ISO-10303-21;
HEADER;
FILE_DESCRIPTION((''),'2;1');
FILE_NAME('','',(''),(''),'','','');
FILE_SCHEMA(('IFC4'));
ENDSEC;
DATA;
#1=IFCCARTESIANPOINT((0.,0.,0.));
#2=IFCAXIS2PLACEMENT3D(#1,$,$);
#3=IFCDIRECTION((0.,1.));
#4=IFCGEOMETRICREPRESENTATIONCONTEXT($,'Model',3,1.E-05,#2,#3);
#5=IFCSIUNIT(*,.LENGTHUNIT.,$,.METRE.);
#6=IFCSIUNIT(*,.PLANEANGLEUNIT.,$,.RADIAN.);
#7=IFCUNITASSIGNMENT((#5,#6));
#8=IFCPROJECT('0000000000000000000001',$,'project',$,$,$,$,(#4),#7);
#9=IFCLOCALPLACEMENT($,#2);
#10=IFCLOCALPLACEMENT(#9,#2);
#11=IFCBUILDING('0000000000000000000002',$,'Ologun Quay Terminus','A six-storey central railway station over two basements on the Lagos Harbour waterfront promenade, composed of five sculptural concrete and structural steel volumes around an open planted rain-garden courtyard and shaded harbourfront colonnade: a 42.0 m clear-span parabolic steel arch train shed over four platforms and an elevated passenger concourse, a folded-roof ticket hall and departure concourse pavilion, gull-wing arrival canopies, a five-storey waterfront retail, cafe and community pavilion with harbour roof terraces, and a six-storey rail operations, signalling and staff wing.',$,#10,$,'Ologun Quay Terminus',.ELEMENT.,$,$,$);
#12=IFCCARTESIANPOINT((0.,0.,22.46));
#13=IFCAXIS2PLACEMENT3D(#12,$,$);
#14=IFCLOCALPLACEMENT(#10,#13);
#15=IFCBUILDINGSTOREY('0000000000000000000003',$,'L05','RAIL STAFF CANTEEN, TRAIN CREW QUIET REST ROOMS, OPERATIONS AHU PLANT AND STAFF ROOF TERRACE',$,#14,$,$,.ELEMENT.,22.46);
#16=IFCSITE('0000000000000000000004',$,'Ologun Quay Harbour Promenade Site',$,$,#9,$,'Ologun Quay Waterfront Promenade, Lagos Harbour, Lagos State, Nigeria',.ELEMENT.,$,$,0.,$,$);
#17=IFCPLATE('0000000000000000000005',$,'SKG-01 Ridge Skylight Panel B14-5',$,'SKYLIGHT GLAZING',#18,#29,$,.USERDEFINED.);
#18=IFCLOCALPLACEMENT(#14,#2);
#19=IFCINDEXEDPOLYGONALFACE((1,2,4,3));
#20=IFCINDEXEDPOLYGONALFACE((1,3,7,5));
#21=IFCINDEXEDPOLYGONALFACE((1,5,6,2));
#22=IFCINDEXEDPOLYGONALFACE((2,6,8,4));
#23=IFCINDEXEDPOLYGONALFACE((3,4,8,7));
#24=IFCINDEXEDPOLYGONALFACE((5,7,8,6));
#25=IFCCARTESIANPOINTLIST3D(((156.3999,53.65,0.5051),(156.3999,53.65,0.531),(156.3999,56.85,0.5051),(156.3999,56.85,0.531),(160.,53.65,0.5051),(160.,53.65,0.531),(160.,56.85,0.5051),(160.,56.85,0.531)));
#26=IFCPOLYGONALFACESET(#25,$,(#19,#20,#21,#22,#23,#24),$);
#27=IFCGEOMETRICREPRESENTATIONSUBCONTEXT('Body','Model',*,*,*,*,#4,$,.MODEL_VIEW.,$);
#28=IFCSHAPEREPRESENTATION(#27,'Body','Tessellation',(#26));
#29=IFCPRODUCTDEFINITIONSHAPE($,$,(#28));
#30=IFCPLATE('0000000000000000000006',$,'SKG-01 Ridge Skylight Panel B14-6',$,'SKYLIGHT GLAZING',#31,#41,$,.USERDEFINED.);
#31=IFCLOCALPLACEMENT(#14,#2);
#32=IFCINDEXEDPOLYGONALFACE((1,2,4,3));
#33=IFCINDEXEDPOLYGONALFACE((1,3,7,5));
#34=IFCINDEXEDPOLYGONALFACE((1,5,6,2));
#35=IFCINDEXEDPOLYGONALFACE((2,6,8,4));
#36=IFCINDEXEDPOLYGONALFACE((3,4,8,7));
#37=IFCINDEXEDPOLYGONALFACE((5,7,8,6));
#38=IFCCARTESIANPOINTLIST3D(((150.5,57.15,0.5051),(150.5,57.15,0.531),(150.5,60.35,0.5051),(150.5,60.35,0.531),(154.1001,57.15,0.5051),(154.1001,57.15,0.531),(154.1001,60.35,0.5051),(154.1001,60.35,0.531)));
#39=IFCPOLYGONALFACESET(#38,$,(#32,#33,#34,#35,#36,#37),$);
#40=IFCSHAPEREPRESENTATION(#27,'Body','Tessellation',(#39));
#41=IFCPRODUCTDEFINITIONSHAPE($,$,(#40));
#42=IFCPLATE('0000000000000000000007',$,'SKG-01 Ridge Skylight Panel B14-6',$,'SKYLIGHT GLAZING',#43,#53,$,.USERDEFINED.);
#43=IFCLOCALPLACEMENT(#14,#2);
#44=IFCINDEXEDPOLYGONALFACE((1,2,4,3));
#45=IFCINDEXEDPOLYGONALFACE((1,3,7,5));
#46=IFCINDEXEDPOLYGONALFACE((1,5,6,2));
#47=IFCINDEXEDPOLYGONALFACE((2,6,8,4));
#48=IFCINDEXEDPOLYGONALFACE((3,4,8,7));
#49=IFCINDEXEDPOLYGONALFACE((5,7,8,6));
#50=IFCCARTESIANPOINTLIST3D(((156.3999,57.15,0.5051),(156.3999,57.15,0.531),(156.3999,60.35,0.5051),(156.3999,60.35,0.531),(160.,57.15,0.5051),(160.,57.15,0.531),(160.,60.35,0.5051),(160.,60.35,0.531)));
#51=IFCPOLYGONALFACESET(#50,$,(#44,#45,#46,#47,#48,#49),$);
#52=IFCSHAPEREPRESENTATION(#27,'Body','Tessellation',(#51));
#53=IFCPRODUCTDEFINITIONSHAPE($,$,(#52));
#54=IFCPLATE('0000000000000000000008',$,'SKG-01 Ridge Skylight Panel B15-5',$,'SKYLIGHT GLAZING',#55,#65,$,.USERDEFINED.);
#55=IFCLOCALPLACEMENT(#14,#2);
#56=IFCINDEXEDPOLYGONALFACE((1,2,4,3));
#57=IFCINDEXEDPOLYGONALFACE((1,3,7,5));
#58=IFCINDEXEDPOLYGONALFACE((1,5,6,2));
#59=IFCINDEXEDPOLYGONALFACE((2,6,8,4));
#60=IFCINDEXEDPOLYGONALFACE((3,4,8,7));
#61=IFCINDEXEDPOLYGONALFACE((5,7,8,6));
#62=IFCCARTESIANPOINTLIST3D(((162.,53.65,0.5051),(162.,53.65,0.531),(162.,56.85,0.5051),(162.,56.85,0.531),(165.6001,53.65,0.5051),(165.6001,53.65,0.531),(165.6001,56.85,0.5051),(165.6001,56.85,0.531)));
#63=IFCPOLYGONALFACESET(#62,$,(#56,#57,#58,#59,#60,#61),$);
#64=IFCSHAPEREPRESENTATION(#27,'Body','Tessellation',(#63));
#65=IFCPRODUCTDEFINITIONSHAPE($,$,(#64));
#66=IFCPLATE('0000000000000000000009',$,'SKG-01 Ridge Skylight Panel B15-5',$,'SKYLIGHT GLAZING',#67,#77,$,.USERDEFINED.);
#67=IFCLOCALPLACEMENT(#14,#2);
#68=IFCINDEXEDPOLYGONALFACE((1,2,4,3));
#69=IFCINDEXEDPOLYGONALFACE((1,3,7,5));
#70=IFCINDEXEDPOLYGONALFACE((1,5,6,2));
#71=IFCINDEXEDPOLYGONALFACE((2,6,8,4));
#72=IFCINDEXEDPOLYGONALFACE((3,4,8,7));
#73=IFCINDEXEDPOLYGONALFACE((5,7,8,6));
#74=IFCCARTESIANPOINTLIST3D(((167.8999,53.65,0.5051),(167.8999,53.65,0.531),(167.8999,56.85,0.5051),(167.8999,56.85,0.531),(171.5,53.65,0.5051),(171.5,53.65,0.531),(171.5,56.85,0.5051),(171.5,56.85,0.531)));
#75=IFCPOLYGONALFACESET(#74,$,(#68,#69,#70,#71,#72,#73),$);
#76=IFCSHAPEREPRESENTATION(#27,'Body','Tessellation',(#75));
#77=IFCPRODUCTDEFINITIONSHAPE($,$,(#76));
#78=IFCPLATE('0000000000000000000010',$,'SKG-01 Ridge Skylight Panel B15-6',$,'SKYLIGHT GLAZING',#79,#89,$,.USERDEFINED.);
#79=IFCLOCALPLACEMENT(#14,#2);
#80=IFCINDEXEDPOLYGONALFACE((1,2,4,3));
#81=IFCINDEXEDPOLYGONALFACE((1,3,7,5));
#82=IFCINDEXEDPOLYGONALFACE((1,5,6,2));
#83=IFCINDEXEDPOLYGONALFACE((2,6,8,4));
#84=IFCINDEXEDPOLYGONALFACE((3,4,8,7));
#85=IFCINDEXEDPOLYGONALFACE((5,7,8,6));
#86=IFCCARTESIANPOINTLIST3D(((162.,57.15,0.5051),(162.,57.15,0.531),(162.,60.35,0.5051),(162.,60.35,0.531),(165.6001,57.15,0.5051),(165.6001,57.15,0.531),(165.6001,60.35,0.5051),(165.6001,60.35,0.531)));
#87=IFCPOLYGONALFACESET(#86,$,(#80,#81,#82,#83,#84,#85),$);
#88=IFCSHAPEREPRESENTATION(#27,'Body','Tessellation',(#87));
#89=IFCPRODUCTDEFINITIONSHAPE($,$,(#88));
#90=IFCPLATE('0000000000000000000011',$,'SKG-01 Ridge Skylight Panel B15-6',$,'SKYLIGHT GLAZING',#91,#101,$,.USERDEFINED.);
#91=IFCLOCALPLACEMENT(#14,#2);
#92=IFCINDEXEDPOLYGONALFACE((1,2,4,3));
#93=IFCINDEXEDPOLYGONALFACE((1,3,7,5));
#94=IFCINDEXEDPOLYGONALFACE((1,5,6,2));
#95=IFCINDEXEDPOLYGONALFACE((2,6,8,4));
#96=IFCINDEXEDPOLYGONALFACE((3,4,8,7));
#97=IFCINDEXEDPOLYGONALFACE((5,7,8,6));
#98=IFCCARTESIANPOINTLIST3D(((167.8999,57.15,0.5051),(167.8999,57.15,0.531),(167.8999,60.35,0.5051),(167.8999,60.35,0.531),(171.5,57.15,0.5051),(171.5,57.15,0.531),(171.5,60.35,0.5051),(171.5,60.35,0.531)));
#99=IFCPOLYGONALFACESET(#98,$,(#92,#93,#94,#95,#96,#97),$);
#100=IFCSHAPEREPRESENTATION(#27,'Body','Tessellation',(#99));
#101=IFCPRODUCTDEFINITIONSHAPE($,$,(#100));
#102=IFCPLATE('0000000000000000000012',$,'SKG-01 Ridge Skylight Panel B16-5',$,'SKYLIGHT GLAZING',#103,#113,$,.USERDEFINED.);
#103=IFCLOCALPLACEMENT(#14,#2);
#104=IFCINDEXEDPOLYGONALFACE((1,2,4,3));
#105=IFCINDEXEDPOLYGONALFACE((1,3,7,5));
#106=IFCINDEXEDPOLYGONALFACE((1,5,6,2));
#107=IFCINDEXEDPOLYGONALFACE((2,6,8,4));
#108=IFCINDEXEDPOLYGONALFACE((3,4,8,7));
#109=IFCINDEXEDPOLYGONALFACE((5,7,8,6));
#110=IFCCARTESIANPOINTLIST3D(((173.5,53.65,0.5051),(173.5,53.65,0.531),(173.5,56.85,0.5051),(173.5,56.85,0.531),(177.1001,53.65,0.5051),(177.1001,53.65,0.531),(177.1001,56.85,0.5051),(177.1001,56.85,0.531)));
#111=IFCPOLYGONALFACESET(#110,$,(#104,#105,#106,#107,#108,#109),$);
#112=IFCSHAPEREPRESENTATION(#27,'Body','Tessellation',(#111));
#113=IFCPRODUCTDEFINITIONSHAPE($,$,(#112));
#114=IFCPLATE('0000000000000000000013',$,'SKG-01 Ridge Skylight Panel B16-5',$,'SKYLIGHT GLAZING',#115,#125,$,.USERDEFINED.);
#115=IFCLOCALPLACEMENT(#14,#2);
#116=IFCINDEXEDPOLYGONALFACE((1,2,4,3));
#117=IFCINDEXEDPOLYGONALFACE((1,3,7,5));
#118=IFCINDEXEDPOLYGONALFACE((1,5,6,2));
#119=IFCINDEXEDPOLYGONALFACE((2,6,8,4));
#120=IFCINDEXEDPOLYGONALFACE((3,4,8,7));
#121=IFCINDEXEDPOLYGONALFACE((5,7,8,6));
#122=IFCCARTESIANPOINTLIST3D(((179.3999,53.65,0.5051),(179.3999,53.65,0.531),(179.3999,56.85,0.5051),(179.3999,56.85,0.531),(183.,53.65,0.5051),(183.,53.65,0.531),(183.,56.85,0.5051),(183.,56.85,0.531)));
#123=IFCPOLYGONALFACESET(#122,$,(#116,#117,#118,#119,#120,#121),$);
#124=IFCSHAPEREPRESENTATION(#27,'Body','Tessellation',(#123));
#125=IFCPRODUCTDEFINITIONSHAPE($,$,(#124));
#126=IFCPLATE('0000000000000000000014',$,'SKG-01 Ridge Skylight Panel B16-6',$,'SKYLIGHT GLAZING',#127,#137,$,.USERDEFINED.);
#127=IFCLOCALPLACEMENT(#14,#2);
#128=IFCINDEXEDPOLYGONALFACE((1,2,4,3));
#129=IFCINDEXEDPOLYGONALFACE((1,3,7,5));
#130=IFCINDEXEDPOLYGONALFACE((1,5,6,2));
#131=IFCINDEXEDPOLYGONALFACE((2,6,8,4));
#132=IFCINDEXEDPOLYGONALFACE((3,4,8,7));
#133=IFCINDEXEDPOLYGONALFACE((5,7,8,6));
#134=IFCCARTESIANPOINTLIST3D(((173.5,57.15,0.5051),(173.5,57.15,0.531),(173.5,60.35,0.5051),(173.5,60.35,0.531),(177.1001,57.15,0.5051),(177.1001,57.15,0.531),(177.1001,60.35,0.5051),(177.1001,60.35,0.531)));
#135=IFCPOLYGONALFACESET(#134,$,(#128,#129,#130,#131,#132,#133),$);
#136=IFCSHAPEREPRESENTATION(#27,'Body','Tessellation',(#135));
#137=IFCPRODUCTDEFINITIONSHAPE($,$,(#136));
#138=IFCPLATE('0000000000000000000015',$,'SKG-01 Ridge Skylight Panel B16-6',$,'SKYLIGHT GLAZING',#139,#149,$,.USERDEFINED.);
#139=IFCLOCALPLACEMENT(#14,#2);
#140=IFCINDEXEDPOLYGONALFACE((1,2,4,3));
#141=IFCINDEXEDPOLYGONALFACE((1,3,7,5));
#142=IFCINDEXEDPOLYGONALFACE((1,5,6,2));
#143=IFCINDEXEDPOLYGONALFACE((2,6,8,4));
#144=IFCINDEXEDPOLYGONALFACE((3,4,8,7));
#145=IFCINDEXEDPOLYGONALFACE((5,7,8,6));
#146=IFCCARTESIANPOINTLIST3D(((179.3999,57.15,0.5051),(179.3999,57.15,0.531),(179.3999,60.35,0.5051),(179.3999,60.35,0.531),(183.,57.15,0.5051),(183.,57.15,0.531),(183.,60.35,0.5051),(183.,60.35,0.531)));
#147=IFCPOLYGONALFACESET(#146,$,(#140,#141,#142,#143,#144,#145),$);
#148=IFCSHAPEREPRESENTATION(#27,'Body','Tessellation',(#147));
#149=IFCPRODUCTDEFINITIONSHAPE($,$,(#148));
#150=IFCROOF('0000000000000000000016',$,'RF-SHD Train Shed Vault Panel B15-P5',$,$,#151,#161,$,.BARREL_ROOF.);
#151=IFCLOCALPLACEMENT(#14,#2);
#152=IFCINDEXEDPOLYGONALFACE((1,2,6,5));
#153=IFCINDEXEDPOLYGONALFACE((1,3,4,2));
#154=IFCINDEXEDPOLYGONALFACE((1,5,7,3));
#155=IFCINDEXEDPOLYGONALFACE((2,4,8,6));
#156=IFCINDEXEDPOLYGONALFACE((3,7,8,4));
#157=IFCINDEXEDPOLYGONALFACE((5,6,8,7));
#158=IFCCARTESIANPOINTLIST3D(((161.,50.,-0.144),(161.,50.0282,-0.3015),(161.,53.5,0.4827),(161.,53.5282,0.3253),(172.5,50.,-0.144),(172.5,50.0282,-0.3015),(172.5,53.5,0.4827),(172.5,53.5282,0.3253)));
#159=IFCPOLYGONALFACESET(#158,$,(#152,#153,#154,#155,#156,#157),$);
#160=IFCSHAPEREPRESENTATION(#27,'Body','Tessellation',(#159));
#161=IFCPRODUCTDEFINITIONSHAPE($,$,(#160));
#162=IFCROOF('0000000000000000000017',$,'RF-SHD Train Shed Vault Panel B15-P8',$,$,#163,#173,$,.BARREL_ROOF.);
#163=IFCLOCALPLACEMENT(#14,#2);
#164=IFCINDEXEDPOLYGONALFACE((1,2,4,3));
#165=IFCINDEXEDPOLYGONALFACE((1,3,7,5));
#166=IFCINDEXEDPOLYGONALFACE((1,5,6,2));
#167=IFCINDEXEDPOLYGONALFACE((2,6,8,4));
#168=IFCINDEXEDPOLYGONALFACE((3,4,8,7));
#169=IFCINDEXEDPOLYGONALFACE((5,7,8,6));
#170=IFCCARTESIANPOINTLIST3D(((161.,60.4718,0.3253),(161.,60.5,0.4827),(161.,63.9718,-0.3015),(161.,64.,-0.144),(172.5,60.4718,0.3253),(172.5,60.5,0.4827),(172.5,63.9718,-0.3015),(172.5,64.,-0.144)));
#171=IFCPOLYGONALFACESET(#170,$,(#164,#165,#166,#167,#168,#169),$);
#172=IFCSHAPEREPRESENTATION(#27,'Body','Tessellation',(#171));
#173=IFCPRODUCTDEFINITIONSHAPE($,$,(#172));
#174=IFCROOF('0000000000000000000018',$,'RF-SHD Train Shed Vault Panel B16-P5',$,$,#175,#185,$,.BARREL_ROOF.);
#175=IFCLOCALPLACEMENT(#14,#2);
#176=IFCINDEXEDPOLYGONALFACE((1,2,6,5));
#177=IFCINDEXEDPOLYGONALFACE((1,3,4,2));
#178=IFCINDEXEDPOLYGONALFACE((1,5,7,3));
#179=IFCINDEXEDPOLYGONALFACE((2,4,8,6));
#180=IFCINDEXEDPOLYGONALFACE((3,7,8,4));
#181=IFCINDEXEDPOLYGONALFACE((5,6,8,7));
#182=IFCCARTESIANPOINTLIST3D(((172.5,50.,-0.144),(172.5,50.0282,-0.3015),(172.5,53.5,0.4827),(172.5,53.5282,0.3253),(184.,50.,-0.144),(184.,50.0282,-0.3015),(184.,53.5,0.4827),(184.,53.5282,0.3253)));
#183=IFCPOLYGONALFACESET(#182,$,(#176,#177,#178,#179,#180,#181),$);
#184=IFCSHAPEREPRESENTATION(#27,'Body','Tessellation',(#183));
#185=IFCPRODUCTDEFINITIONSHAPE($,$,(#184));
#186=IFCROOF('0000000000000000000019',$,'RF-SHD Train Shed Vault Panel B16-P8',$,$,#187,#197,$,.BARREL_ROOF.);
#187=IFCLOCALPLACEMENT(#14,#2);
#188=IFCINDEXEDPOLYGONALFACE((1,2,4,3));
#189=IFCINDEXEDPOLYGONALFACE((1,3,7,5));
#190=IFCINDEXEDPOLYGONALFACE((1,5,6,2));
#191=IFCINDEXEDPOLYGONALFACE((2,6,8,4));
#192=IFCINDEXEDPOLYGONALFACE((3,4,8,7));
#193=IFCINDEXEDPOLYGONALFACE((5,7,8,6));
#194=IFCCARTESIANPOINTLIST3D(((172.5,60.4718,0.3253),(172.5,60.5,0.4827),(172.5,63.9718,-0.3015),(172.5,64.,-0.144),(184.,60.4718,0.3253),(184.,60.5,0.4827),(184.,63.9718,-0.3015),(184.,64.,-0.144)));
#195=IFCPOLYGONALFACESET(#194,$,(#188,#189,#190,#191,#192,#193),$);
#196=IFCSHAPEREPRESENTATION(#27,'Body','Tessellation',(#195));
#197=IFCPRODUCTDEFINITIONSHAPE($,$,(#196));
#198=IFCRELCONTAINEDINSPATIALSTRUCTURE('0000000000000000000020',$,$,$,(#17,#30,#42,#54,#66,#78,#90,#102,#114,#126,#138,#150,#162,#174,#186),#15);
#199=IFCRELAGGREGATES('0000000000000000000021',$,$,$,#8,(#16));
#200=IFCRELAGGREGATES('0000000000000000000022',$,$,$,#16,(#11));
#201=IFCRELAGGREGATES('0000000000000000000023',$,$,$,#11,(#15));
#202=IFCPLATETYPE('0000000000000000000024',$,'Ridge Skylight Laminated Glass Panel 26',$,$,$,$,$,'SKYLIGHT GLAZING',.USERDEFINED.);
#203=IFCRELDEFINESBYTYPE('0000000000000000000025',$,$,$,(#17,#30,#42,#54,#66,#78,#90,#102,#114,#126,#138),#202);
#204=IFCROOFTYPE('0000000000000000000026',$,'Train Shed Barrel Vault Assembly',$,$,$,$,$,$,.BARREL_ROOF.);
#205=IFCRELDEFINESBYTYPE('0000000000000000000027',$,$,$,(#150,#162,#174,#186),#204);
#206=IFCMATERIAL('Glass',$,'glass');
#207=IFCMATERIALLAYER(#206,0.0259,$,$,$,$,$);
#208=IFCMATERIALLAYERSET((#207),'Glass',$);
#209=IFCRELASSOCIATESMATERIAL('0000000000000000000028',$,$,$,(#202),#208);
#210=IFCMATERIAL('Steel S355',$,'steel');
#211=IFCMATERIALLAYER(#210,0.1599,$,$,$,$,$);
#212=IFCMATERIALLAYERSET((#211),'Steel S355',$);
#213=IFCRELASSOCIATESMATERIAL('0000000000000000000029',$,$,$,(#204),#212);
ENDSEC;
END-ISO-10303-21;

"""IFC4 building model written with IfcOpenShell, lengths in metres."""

from ifc_helpers import new_model, si_unit, direction, frame, origin, origin_2d, place, context, subcontext, project, spatial, polyline, rectangle, outline, extrude, material, layer, layer_set, type_object, element, save


model = new_model("IFC4")

# Units and contexts
model_context = context("Model", 3, precision=1e-05, world=origin(), true_north=direction((0.0, 1.0)))
body_context = subcontext(model_context, "Body", "Model", "MODEL_VIEW")
ifc_project = project(units=[si_unit("LENGTHUNIT", "METRE"), si_unit("PLANEANGLEUNIT", "RADIAN")], contexts=[model_context])

# Site, building, storey
site_placement = place(None, origin())
site = spatial("IfcSite", under=ifc_project, at=site_placement, Name="Ologun Quay Harbour Promenade Site", LongName="Ologun Quay Waterfront Promenade, Lagos Harbour, Lagos State, Nigeria", CompositionType="ELEMENT", RefElevation=0.0)
building_placement = place(site_placement, origin())
building = spatial("IfcBuilding", under=site, at=building_placement, Name="Ologun Quay Terminus", Description="A six-storey central railway station over two basements on the Lagos Harbour waterfront promenade, composed of five sculptural concrete and structural steel volumes around an open planted rain-garden courtyard and shaded harbourfront colonnade: a 42.0 m clear-span parabolic steel arch train shed over four platforms and an elevated passenger concourse, a folded-roof ticket hall and departure concourse pavilion, gull-wing arrival canopies, a five-storey waterfront retail, cafe and community pavilion with harbour roof terraces, and a six-storey rail operations, signalling and staff wing.", LongName="Ologun Quay Terminus", CompositionType="ELEMENT")
storey_placement = place(building_placement, frame((0.0, 0.0, 22.46)))
storey = spatial("IfcBuildingStorey", under=building, at=storey_placement, Name="L05", Description="RAIL STAFF CANTEEN, TRAIN CREW QUIET REST ROOMS, OPERATIONS AHU PLANT AND STAFF ROOF TERRACE", CompositionType="ELEMENT", Elevation=22.46)

# Plates
ifc_material_1 = material(Name="Glass", Category="glass")
ifc_layer_1 = layer(ifc_material_1, 0.0259)
ifc_layer_set_1 = layer_set([ifc_layer_1], Name="Glass")
plate_type = type_object("IfcPlateType", Name="Ridge Skylight Laminated Glass Panel 26", ElementType="SKYLIGHT GLAZING", PredefinedType="USERDEFINED", material=ifc_layer_set_1)
for number, where, z_axis, x_axis, name in (
    (1, (158.2, 55.25, 0.5051), (0.0, 0.0, 1.0), (1.0, 0.0, 0.0), "SKG-01 Ridge Skylight Panel B14-5"),
    (2, (152.3, 58.75, 0.5051), (0.0, 0.0, 1.0), (1.0, 0.0, 0.0), "SKG-01 Ridge Skylight Panel B14-6"),
    (3, (158.2, 58.75, 0.5051), (0.0, 0.0, 1.0), (1.0, 0.0, 0.0), "SKG-01 Ridge Skylight Panel B14-6"),
    (4, (163.8, 55.25, 0.5051), (0.0, 0.0, 1.0), (1.0, 0.0, 0.0), "SKG-01 Ridge Skylight Panel B15-5"),
    (5, (169.7, 55.25, 0.5051), (0.0, 0.0, 1.0), (1.0, 0.0, 0.0), "SKG-01 Ridge Skylight Panel B15-5"),
    (6, (163.8, 58.75, 0.5051), (0.0, 0.0, 1.0), (1.0, 0.0, 0.0), "SKG-01 Ridge Skylight Panel B15-6"),
    (7, (169.7, 58.75, 0.5051), (0.0, 0.0, 1.0), (1.0, 0.0, 0.0), "SKG-01 Ridge Skylight Panel B15-6"),
    (8, (175.3, 55.25, 0.5051), (0.0, 0.0, 1.0), (1.0, 0.0, 0.0), "SKG-01 Ridge Skylight Panel B16-5"),
    (9, (181.2, 55.25, 0.5051), (0.0, 0.0, 1.0), (1.0, 0.0, 0.0), "SKG-01 Ridge Skylight Panel B16-5"),
    (10, (175.3, 58.75, 0.5051), (0.0, 0.0, 1.0), (1.0, 0.0, 0.0), "SKG-01 Ridge Skylight Panel B16-6"),
    (11, (181.2, 58.75, 0.5051), (0.0, 0.0, 1.0), (1.0, 0.0, 0.0), "SKG-01 Ridge Skylight Panel B16-6"),
):
    element("IfcPlate", number, at=place(storey_placement, frame(where, z_axis=z_axis, x_axis=x_axis)), inside=storey, type_object=plate_type, Name=name, ObjectType="SKYLIGHT GLAZING", PredefinedType="USERDEFINED", context=body_context, shape_type="SweptSolid", body=[
        extrude(rectangle(XDim=3.6001, YDim=3.2, at=origin_2d()), origin(), (0.0, 0.0, 1.0), 0.0259),
    ])

# Roofs
ifc_material_2 = material(Name="Steel S355", Category="steel")
ifc_layer_2 = layer(ifc_material_2, 0.1599)
ifc_layer_set_2 = layer_set([ifc_layer_2], Name="Steel S355")
roof_type = type_object("IfcRoofType", Name="Train Shed Barrel Vault Assembly", PredefinedType="BARREL_ROOF", material=ifc_layer_set_2)
for number, where, z_axis, x_axis, name in (
    (12, (161.0, 50.0, -0.144), (0.0, -0.176256, 0.984344), (1.0, 0.0, 0.0), "RF-SHD Train Shed Vault Panel B15-P5"),
    (13, (161.0, 60.5, 0.4827), (0.0, 0.176256, 0.984344), (1.0, 0.0, 0.0), "RF-SHD Train Shed Vault Panel B15-P8"),
    (14, (172.5, 50.0, -0.144), (0.0, -0.176256, 0.984344), (1.0, 0.0, 0.0), "RF-SHD Train Shed Vault Panel B16-P5"),
    (15, (172.5, 60.5, 0.4827), (0.0, 0.176256, 0.984344), (1.0, 0.0, 0.0), "RF-SHD Train Shed Vault Panel B16-P8"),
):
    element("IfcRoof", number, at=place(storey_placement, frame(where, z_axis=z_axis, x_axis=x_axis)), inside=storey, type_object=roof_type, Name=name, PredefinedType="BARREL_ROOF", context=body_context, shape_type="SweptSolid", body=[
        extrude(outline(polyline([(0.0, 0.0), (11.5, 0.0), (11.5, 3.5557), (0.0, 3.5557), (0.0, 0.0)])), origin(), (0.0, 0.0, -1.0), 0.1599),
    ])

save(model, "model.ifc")
